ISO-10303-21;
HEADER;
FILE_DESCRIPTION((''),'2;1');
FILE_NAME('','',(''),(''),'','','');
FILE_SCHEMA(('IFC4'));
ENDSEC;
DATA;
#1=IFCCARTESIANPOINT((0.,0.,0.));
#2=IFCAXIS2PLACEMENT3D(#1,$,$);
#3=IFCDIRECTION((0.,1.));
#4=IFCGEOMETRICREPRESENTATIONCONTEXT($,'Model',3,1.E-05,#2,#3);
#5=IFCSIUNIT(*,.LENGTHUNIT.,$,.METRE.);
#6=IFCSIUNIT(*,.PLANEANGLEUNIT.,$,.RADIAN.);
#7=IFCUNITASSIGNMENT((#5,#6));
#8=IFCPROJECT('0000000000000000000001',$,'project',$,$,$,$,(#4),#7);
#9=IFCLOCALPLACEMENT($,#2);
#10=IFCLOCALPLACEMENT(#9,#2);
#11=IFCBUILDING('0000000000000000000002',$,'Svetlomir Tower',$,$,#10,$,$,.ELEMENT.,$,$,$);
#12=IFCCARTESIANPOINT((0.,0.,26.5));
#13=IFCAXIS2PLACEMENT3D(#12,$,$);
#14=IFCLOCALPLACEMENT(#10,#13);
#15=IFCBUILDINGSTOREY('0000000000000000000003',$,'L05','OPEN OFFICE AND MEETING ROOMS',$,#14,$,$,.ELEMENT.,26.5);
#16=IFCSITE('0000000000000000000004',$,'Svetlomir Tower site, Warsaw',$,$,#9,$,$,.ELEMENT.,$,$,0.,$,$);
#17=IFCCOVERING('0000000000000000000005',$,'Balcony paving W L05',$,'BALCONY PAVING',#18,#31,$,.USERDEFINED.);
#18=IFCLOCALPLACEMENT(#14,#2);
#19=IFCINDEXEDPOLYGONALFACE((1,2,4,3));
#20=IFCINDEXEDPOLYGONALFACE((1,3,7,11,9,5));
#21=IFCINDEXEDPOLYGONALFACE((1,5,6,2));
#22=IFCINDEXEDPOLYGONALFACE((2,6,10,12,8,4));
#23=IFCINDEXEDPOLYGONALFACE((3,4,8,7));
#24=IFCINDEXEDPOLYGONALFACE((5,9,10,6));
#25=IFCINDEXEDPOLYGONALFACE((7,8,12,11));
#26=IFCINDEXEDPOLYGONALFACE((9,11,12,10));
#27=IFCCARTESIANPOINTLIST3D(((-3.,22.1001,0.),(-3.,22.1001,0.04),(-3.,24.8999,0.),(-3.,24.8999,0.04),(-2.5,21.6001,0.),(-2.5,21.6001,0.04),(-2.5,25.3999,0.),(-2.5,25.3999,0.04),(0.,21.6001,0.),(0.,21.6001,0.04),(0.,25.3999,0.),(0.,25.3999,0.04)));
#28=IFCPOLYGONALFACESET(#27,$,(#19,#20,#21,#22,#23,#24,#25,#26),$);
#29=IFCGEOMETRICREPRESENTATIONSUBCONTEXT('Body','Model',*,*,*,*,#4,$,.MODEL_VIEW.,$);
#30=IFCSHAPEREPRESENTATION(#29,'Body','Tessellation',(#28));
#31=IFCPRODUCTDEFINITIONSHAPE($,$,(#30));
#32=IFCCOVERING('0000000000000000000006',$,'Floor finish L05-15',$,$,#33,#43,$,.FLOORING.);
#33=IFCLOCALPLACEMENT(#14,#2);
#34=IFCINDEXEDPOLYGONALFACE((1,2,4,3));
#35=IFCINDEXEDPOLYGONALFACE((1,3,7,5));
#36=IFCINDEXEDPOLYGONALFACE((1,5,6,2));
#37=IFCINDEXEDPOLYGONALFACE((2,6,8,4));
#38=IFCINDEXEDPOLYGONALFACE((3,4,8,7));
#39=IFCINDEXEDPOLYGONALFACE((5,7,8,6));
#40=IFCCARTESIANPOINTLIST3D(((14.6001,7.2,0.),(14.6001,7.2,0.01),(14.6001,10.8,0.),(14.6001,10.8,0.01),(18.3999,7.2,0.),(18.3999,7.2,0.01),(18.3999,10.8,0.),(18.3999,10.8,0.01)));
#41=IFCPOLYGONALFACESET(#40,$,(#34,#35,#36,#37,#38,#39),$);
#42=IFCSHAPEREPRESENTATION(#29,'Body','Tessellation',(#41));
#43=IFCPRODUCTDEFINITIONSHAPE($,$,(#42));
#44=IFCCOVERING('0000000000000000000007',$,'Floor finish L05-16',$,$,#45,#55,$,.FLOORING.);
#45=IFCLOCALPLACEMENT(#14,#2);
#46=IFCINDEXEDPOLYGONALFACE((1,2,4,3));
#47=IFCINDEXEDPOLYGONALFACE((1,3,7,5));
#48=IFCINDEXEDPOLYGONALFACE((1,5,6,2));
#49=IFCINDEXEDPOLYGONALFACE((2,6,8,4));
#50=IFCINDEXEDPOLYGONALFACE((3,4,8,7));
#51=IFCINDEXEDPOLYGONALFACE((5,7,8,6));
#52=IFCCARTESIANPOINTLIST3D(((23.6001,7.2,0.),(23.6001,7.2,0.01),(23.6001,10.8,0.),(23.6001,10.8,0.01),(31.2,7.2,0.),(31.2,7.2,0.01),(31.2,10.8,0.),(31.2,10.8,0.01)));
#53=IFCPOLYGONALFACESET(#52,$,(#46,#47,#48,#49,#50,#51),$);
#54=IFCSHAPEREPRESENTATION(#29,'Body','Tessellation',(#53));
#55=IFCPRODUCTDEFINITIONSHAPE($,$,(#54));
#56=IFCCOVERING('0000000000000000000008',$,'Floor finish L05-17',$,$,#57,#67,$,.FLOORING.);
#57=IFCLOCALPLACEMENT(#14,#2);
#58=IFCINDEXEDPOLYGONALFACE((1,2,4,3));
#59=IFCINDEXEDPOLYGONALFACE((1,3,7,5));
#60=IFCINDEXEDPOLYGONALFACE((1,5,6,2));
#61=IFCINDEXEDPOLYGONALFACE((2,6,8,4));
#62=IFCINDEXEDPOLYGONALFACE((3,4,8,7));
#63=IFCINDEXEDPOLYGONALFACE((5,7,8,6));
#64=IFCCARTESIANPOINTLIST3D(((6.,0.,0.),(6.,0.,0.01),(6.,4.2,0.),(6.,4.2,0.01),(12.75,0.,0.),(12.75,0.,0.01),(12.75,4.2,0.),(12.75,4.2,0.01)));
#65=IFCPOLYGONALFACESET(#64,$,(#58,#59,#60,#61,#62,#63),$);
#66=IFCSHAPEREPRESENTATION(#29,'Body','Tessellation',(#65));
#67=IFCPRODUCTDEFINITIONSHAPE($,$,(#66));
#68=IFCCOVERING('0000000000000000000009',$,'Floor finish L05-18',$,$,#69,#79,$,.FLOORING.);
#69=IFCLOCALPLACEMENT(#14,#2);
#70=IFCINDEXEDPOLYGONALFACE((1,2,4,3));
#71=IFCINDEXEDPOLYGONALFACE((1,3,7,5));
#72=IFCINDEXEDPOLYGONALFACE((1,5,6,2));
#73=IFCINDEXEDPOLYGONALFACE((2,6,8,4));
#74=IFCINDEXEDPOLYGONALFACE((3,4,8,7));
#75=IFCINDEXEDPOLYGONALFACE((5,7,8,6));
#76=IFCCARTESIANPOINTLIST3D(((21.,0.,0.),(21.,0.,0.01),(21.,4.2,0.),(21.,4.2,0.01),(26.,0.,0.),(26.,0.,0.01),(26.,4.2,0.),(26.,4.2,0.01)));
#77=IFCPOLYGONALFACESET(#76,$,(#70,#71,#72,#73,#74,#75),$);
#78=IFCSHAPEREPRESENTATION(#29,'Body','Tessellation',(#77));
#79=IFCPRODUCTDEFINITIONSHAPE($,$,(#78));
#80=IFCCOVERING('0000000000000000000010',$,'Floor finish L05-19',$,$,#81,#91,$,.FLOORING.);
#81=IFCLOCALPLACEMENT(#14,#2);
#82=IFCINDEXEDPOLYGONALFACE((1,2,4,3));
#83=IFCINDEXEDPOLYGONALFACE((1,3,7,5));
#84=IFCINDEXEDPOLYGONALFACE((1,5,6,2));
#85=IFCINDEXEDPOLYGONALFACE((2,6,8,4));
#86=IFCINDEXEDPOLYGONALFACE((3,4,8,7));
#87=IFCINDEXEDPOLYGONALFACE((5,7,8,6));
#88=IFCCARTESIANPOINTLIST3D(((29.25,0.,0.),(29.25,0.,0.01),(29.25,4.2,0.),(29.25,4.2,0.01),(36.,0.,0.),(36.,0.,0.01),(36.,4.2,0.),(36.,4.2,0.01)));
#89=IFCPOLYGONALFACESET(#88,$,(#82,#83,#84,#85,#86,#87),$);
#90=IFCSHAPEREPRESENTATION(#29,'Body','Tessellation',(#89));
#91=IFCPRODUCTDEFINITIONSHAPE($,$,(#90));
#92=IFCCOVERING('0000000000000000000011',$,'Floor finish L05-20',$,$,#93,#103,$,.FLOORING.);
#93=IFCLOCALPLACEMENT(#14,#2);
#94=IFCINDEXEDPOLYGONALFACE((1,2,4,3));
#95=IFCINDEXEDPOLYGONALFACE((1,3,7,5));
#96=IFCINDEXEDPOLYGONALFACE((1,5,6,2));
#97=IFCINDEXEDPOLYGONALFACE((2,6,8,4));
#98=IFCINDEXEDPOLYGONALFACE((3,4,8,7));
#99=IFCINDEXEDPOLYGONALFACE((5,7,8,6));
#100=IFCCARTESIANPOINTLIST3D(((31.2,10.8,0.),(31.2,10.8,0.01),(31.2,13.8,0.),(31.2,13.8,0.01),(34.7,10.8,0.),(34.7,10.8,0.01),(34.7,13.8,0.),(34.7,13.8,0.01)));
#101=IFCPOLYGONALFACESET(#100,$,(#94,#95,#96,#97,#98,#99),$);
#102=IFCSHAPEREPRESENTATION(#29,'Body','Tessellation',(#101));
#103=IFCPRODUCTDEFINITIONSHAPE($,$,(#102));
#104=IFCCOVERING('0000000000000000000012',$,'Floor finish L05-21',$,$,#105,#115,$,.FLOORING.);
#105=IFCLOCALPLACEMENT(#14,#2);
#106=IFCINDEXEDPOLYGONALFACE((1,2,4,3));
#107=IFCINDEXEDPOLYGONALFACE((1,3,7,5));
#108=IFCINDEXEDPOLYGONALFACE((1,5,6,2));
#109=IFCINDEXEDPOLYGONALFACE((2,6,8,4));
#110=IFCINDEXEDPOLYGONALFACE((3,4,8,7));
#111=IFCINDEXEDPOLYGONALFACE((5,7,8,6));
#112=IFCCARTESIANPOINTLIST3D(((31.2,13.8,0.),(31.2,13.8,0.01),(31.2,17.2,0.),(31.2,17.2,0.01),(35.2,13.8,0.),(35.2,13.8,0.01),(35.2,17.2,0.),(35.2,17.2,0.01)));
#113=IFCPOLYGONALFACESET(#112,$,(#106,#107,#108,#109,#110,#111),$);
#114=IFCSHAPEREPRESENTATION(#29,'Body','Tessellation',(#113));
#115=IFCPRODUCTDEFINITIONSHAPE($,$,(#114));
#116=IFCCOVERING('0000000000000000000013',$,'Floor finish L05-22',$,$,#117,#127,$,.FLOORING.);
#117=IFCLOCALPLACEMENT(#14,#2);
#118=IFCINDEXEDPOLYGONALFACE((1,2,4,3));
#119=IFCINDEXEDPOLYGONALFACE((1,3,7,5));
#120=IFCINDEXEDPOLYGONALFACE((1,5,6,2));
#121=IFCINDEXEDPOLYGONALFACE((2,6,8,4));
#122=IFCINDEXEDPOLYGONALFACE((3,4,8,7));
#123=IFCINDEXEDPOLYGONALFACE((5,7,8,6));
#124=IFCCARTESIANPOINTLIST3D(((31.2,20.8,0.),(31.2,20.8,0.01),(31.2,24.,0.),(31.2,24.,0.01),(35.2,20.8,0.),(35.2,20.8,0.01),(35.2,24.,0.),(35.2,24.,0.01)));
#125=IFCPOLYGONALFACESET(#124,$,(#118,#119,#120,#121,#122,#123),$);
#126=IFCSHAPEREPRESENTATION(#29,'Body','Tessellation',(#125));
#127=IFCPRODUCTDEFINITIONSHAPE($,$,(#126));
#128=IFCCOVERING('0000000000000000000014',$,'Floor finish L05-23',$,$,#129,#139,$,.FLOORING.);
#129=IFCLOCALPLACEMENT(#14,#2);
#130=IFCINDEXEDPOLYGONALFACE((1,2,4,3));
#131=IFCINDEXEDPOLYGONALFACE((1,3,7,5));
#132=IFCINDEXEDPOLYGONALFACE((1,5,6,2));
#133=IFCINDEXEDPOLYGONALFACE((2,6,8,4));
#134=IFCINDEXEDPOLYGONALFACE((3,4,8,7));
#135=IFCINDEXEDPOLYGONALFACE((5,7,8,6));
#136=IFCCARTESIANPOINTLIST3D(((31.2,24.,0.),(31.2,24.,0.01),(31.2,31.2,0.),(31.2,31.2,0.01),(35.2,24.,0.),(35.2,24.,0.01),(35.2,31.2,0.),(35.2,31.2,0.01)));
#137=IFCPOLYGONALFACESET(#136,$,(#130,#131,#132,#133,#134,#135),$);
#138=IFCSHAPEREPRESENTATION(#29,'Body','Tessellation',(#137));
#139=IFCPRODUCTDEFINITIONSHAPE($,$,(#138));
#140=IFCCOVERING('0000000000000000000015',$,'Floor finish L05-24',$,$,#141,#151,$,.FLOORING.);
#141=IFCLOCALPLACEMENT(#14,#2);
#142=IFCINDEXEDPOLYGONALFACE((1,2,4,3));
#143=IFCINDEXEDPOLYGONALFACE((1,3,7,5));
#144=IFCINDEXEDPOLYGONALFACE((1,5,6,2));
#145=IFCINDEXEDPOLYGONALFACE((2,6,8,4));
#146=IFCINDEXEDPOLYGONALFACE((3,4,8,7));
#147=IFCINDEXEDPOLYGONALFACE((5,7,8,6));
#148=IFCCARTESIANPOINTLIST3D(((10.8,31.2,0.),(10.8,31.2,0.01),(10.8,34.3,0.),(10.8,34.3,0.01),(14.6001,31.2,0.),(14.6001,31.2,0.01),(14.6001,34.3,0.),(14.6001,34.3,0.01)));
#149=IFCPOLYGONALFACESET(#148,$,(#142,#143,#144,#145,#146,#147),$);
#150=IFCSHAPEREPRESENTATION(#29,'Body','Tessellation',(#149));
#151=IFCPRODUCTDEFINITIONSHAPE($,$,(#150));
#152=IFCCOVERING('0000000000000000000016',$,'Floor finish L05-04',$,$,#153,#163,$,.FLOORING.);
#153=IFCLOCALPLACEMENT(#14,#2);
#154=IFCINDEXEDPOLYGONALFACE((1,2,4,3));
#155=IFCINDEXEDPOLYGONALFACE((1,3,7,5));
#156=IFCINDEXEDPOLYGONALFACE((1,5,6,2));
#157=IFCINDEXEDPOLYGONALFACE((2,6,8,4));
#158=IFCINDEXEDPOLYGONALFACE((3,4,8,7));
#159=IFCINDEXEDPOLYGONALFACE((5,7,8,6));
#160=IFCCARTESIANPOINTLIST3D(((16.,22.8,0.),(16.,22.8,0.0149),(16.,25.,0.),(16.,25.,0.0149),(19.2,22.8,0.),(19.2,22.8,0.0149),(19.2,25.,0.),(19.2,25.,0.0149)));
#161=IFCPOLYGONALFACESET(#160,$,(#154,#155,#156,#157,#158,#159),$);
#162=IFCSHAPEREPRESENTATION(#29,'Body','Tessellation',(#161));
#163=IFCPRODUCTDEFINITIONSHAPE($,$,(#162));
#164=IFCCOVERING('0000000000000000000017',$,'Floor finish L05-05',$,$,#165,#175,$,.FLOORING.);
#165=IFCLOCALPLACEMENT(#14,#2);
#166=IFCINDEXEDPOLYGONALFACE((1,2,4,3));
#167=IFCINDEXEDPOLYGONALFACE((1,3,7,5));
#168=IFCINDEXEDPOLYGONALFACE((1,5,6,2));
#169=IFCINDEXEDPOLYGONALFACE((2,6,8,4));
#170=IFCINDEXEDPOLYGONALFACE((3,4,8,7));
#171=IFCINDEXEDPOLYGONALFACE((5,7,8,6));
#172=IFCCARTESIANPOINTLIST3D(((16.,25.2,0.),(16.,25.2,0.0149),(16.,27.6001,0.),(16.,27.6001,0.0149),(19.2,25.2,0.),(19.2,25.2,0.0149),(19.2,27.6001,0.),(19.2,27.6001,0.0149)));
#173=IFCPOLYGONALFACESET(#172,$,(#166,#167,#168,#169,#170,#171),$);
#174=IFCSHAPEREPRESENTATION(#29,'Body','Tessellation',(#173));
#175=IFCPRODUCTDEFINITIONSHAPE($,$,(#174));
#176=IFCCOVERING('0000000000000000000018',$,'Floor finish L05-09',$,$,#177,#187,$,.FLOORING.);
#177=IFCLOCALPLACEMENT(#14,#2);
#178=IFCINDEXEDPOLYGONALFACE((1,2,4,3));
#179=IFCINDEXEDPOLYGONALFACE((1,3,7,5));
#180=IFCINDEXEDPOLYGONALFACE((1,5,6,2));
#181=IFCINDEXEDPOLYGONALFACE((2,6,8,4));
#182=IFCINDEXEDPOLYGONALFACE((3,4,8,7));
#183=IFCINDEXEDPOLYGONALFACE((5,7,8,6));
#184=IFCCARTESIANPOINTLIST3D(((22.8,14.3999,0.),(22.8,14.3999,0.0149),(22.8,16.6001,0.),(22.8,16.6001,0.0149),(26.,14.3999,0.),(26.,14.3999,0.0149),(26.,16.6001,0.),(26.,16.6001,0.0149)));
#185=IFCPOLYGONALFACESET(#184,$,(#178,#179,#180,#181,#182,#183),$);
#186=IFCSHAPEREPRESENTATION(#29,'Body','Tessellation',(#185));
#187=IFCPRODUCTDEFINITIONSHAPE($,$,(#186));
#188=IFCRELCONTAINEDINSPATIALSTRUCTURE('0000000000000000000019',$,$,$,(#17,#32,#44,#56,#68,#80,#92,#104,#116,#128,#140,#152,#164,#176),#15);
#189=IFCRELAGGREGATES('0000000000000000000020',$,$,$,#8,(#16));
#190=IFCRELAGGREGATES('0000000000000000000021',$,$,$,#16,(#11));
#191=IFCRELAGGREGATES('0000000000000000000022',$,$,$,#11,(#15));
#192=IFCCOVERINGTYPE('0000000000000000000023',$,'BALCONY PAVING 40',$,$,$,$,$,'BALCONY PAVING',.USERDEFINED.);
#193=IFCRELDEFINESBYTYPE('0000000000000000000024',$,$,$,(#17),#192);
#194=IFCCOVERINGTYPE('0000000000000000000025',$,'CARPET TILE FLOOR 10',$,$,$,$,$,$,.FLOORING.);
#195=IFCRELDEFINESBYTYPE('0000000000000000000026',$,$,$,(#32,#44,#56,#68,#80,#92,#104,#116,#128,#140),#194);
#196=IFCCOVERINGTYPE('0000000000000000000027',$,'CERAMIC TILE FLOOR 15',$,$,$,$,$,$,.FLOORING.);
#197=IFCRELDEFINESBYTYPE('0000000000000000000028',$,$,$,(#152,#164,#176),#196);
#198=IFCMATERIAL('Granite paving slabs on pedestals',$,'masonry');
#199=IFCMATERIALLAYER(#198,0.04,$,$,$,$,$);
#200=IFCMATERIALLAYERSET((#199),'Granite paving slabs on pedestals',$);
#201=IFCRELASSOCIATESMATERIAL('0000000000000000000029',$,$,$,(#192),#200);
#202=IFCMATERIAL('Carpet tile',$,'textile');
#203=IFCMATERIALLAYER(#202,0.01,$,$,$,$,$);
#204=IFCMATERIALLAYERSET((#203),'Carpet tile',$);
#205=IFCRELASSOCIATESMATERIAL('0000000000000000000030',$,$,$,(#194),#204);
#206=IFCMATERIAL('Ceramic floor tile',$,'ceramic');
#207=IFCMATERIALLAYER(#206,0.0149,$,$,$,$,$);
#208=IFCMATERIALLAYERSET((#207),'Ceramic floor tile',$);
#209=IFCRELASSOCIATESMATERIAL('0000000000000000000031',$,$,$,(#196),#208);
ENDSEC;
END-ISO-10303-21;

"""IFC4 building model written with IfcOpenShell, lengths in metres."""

from ifc_helpers import new_model, si_unit, direction, frame, origin, place, context, subcontext, project, spatial, polyline, outline, extrude, material, layer, layer_set, type_object, element, save


model = new_model("IFC4")

# Units and contexts
model_context = context("Model", 3, precision=1e-05, world=origin(), true_north=direction((0.0, 1.0)))
body_context = subcontext(model_context, "Body", "Model", "MODEL_VIEW")
ifc_project = project(units=[si_unit("LENGTHUNIT", "METRE"), si_unit("PLANEANGLEUNIT", "RADIAN")], contexts=[model_context])

# Site, building, storey
site_placement = place(None, origin())
site = spatial("IfcSite", under=ifc_project, at=site_placement, Name="Svetlomir Tower site, Warsaw", CompositionType="ELEMENT", RefElevation=0.0)
building_placement = place(site_placement, origin())
building = spatial("IfcBuilding", under=site, at=building_placement, Name="Svetlomir Tower", CompositionType="ELEMENT")
storey_placement = place(building_placement, frame((0.0, 0.0, 26.5)))
storey = spatial("IfcBuildingStorey", under=building, at=storey_placement, Name="L05", Description="OPEN OFFICE AND MEETING ROOMS", CompositionType="ELEMENT", Elevation=26.5)

# Coverings
ifc_material_1 = material(Name="Granite paving slabs on pedestals", Category="masonry")
ifc_layer_1 = layer(ifc_material_1, 0.04)
ifc_layer_set_1 = layer_set([ifc_layer_1], Name="Granite paving slabs on pedestals")
covering_type_1 = type_object("IfcCoveringType", Name="BALCONY PAVING 40", ElementType="BALCONY PAVING", PredefinedType="USERDEFINED", material=ifc_layer_set_1)
covering_1_placement = place(storey_placement, origin())
element("IfcCovering", 1, at=covering_1_placement, inside=storey, type_object=covering_type_1, Name="Balcony paving W L05", ObjectType="BALCONY PAVING", PredefinedType="USERDEFINED", context=body_context, shape_type="SweptSolid", body=[
    extrude(outline(polyline([(-2.5, 21.6001), (0.0, 21.6001), (0.0, 25.3999), (-2.5, 25.3999), (-3.0, 24.8999), (-3.0, 22.1001), (-2.5, 21.6001)])), origin(), (0.0, 0.0, 1.0), 0.04),
])
ifc_material_2 = material(Name="Carpet tile", Category="textile")
ifc_layer_2 = layer(ifc_material_2, 0.01)
ifc_layer_set_2 = layer_set([ifc_layer_2], Name="Carpet tile")
covering_type_2 = type_object("IfcCoveringType", Name="CARPET TILE FLOOR 10", PredefinedType="FLOORING", material=ifc_layer_set_2)
covering_2_placement = place(storey_placement, origin())
element("IfcCovering", 2, at=covering_2_placement, inside=storey, type_object=covering_type_2, Name="Floor finish L05-15", PredefinedType="FLOORING", context=body_context, shape_type="SweptSolid", body=[
    extrude(outline(polyline([(14.6001, 7.2), (18.3999, 7.2), (18.3999, 10.8), (14.6001, 10.8), (14.6001, 7.2)])), origin(), (0.0, 0.0, 1.0), 0.01),
])
covering_3_placement = place(storey_placement, origin())
element("IfcCovering", 3, at=covering_3_placement, inside=storey, type_object=covering_type_2, Name="Floor finish L05-16", PredefinedType="FLOORING", context=body_context, shape_type="SweptSolid", body=[
    extrude(outline(polyline([(23.6001, 7.2), (31.2, 7.2), (31.2, 10.8), (23.6001, 10.8), (23.6001, 7.2)])), origin(), (0.0, 0.0, 1.0), 0.01),
])
covering_4_placement = place(storey_placement, origin())
element("IfcCovering", 4, at=covering_4_placement, inside=storey, type_object=covering_type_2, Name="Floor finish L05-17", PredefinedType="FLOORING", context=body_context, shape_type="SweptSolid", body=[
    extrude(outline(polyline([(6.0, 0.0), (12.75, 0.0), (12.75, 4.2), (6.0, 4.2), (6.0, 0.0)])), origin(), (0.0, 0.0, 1.0), 0.01),
])
covering_5_placement = place(storey_placement, origin())
element("IfcCovering", 5, at=covering_5_placement, inside=storey, type_object=covering_type_2, Name="Floor finish L05-18", PredefinedType="FLOORING", context=body_context, shape_type="SweptSolid", body=[
    extrude(outline(polyline([(21.0, 0.0), (26.0, 0.0), (26.0, 4.2), (21.0, 4.2), (21.0, 0.0)])), origin(), (0.0, 0.0, 1.0), 0.01),
])
covering_6_placement = place(storey_placement, origin())
element("IfcCovering", 6, at=covering_6_placement, inside=storey, type_object=covering_type_2, Name="Floor finish L05-19", PredefinedType="FLOORING", context=body_context, shape_type="SweptSolid", body=[
    extrude(outline(polyline([(29.25, 0.0), (36.0, 0.0), (36.0, 4.2), (29.25, 4.2), (29.25, 0.0)])), origin(), (0.0, 0.0, 1.0), 0.01),
])
covering_7_placement = place(storey_placement, origin())
element("IfcCovering", 7, at=covering_7_placement, inside=storey, type_object=covering_type_2, Name="Floor finish L05-20", PredefinedType="FLOORING", context=body_context, shape_type="SweptSolid", body=[
    extrude(outline(polyline([(31.2, 10.8), (34.7, 10.8), (34.7, 13.8), (31.2, 13.8), (31.2, 10.8)])), origin(), (0.0, 0.0, 1.0), 0.01),
])
covering_8_placement = place(storey_placement, origin())
element("IfcCovering", 8, at=covering_8_placement, inside=storey, type_object=covering_type_2, Name="Floor finish L05-21", PredefinedType="FLOORING", context=body_context, shape_type="SweptSolid", body=[
    extrude(outline(polyline([(31.2, 13.8), (35.2, 13.8), (35.2, 17.2), (31.2, 17.2), (31.2, 13.8)])), origin(), (0.0, 0.0, 1.0), 0.01),
])
covering_9_placement = place(storey_placement, origin())
element("IfcCovering", 9, at=covering_9_placement, inside=storey, type_object=covering_type_2, Name="Floor finish L05-22", PredefinedType="FLOORING", context=body_context, shape_type="SweptSolid", body=[
    extrude(outline(polyline([(31.2, 20.8), (35.2, 20.8), (35.2, 24.0), (31.2, 24.0), (31.2, 20.8)])), origin(), (0.0, 0.0, 1.0), 0.01),
])
covering_10_placement = place(storey_placement, origin())
element("IfcCovering", 10, at=covering_10_placement, inside=storey, type_object=covering_type_2, Name="Floor finish L05-23", PredefinedType="FLOORING", context=body_context, shape_type="SweptSolid", body=[
    extrude(outline(polyline([(31.2, 24.0), (35.2, 24.0), (35.2, 31.2), (31.2, 31.2), (31.2, 24.0)])), origin(), (0.0, 0.0, 1.0), 0.01),
])
covering_11_placement = place(storey_placement, origin())
element("IfcCovering", 11, at=covering_11_placement, inside=storey, type_object=covering_type_2, Name="Floor finish L05-24", PredefinedType="FLOORING", context=body_context, shape_type="SweptSolid", body=[
    extrude(outline(polyline([(10.8, 31.2), (14.6001, 31.2), (14.6001, 34.3), (10.8, 34.3), (10.8, 31.2)])), origin(), (0.0, 0.0, 1.0), 0.01),
])
ifc_material_3 = material(Name="Ceramic floor tile", Category="ceramic")
ifc_layer_3 = layer(ifc_material_3, 0.0149)
ifc_layer_set_3 = layer_set([ifc_layer_3], Name="Ceramic floor tile")
covering_type_3 = type_object("IfcCoveringType", Name="CERAMIC TILE FLOOR 15", PredefinedType="FLOORING", material=ifc_layer_set_3)
covering_12_placement = place(storey_placement, origin())
element("IfcCovering", 12, at=covering_12_placement, inside=storey, type_object=covering_type_3, Name="Floor finish L05-04", PredefinedType="FLOORING", context=body_context, shape_type="SweptSolid", body=[
    extrude(outline(polyline([(16.0, 22.8), (19.2, 22.8), (19.2, 25.0), (16.0, 25.0), (16.0, 22.8)])), origin(), (0.0, 0.0, 1.0), 0.0149),
])
covering_13_placement = place(storey_placement, origin())
element("IfcCovering", 13, at=covering_13_placement, inside=storey, type_object=covering_type_3, Name="Floor finish L05-05", PredefinedType="FLOORING", context=body_context, shape_type="SweptSolid", body=[
    extrude(outline(polyline([(16.0, 25.2), (19.2, 25.2), (19.2, 27.6001), (16.0, 27.6001), (16.0, 25.2)])), origin(), (0.0, 0.0, 1.0), 0.0149),
])
covering_14_placement = place(storey_placement, origin())
element("IfcCovering", 14, at=covering_14_placement, inside=storey, type_object=covering_type_3, Name="Floor finish L05-09", PredefinedType="FLOORING", context=body_context, shape_type="SweptSolid", body=[
    extrude(outline(polyline([(22.8, 14.3999), (26.0, 14.3999), (26.0, 16.6001), (22.8, 16.6001), (22.8, 14.3999)])), origin(), (0.0, 0.0, 1.0), 0.0149),
])

save(model, "model.ifc")
